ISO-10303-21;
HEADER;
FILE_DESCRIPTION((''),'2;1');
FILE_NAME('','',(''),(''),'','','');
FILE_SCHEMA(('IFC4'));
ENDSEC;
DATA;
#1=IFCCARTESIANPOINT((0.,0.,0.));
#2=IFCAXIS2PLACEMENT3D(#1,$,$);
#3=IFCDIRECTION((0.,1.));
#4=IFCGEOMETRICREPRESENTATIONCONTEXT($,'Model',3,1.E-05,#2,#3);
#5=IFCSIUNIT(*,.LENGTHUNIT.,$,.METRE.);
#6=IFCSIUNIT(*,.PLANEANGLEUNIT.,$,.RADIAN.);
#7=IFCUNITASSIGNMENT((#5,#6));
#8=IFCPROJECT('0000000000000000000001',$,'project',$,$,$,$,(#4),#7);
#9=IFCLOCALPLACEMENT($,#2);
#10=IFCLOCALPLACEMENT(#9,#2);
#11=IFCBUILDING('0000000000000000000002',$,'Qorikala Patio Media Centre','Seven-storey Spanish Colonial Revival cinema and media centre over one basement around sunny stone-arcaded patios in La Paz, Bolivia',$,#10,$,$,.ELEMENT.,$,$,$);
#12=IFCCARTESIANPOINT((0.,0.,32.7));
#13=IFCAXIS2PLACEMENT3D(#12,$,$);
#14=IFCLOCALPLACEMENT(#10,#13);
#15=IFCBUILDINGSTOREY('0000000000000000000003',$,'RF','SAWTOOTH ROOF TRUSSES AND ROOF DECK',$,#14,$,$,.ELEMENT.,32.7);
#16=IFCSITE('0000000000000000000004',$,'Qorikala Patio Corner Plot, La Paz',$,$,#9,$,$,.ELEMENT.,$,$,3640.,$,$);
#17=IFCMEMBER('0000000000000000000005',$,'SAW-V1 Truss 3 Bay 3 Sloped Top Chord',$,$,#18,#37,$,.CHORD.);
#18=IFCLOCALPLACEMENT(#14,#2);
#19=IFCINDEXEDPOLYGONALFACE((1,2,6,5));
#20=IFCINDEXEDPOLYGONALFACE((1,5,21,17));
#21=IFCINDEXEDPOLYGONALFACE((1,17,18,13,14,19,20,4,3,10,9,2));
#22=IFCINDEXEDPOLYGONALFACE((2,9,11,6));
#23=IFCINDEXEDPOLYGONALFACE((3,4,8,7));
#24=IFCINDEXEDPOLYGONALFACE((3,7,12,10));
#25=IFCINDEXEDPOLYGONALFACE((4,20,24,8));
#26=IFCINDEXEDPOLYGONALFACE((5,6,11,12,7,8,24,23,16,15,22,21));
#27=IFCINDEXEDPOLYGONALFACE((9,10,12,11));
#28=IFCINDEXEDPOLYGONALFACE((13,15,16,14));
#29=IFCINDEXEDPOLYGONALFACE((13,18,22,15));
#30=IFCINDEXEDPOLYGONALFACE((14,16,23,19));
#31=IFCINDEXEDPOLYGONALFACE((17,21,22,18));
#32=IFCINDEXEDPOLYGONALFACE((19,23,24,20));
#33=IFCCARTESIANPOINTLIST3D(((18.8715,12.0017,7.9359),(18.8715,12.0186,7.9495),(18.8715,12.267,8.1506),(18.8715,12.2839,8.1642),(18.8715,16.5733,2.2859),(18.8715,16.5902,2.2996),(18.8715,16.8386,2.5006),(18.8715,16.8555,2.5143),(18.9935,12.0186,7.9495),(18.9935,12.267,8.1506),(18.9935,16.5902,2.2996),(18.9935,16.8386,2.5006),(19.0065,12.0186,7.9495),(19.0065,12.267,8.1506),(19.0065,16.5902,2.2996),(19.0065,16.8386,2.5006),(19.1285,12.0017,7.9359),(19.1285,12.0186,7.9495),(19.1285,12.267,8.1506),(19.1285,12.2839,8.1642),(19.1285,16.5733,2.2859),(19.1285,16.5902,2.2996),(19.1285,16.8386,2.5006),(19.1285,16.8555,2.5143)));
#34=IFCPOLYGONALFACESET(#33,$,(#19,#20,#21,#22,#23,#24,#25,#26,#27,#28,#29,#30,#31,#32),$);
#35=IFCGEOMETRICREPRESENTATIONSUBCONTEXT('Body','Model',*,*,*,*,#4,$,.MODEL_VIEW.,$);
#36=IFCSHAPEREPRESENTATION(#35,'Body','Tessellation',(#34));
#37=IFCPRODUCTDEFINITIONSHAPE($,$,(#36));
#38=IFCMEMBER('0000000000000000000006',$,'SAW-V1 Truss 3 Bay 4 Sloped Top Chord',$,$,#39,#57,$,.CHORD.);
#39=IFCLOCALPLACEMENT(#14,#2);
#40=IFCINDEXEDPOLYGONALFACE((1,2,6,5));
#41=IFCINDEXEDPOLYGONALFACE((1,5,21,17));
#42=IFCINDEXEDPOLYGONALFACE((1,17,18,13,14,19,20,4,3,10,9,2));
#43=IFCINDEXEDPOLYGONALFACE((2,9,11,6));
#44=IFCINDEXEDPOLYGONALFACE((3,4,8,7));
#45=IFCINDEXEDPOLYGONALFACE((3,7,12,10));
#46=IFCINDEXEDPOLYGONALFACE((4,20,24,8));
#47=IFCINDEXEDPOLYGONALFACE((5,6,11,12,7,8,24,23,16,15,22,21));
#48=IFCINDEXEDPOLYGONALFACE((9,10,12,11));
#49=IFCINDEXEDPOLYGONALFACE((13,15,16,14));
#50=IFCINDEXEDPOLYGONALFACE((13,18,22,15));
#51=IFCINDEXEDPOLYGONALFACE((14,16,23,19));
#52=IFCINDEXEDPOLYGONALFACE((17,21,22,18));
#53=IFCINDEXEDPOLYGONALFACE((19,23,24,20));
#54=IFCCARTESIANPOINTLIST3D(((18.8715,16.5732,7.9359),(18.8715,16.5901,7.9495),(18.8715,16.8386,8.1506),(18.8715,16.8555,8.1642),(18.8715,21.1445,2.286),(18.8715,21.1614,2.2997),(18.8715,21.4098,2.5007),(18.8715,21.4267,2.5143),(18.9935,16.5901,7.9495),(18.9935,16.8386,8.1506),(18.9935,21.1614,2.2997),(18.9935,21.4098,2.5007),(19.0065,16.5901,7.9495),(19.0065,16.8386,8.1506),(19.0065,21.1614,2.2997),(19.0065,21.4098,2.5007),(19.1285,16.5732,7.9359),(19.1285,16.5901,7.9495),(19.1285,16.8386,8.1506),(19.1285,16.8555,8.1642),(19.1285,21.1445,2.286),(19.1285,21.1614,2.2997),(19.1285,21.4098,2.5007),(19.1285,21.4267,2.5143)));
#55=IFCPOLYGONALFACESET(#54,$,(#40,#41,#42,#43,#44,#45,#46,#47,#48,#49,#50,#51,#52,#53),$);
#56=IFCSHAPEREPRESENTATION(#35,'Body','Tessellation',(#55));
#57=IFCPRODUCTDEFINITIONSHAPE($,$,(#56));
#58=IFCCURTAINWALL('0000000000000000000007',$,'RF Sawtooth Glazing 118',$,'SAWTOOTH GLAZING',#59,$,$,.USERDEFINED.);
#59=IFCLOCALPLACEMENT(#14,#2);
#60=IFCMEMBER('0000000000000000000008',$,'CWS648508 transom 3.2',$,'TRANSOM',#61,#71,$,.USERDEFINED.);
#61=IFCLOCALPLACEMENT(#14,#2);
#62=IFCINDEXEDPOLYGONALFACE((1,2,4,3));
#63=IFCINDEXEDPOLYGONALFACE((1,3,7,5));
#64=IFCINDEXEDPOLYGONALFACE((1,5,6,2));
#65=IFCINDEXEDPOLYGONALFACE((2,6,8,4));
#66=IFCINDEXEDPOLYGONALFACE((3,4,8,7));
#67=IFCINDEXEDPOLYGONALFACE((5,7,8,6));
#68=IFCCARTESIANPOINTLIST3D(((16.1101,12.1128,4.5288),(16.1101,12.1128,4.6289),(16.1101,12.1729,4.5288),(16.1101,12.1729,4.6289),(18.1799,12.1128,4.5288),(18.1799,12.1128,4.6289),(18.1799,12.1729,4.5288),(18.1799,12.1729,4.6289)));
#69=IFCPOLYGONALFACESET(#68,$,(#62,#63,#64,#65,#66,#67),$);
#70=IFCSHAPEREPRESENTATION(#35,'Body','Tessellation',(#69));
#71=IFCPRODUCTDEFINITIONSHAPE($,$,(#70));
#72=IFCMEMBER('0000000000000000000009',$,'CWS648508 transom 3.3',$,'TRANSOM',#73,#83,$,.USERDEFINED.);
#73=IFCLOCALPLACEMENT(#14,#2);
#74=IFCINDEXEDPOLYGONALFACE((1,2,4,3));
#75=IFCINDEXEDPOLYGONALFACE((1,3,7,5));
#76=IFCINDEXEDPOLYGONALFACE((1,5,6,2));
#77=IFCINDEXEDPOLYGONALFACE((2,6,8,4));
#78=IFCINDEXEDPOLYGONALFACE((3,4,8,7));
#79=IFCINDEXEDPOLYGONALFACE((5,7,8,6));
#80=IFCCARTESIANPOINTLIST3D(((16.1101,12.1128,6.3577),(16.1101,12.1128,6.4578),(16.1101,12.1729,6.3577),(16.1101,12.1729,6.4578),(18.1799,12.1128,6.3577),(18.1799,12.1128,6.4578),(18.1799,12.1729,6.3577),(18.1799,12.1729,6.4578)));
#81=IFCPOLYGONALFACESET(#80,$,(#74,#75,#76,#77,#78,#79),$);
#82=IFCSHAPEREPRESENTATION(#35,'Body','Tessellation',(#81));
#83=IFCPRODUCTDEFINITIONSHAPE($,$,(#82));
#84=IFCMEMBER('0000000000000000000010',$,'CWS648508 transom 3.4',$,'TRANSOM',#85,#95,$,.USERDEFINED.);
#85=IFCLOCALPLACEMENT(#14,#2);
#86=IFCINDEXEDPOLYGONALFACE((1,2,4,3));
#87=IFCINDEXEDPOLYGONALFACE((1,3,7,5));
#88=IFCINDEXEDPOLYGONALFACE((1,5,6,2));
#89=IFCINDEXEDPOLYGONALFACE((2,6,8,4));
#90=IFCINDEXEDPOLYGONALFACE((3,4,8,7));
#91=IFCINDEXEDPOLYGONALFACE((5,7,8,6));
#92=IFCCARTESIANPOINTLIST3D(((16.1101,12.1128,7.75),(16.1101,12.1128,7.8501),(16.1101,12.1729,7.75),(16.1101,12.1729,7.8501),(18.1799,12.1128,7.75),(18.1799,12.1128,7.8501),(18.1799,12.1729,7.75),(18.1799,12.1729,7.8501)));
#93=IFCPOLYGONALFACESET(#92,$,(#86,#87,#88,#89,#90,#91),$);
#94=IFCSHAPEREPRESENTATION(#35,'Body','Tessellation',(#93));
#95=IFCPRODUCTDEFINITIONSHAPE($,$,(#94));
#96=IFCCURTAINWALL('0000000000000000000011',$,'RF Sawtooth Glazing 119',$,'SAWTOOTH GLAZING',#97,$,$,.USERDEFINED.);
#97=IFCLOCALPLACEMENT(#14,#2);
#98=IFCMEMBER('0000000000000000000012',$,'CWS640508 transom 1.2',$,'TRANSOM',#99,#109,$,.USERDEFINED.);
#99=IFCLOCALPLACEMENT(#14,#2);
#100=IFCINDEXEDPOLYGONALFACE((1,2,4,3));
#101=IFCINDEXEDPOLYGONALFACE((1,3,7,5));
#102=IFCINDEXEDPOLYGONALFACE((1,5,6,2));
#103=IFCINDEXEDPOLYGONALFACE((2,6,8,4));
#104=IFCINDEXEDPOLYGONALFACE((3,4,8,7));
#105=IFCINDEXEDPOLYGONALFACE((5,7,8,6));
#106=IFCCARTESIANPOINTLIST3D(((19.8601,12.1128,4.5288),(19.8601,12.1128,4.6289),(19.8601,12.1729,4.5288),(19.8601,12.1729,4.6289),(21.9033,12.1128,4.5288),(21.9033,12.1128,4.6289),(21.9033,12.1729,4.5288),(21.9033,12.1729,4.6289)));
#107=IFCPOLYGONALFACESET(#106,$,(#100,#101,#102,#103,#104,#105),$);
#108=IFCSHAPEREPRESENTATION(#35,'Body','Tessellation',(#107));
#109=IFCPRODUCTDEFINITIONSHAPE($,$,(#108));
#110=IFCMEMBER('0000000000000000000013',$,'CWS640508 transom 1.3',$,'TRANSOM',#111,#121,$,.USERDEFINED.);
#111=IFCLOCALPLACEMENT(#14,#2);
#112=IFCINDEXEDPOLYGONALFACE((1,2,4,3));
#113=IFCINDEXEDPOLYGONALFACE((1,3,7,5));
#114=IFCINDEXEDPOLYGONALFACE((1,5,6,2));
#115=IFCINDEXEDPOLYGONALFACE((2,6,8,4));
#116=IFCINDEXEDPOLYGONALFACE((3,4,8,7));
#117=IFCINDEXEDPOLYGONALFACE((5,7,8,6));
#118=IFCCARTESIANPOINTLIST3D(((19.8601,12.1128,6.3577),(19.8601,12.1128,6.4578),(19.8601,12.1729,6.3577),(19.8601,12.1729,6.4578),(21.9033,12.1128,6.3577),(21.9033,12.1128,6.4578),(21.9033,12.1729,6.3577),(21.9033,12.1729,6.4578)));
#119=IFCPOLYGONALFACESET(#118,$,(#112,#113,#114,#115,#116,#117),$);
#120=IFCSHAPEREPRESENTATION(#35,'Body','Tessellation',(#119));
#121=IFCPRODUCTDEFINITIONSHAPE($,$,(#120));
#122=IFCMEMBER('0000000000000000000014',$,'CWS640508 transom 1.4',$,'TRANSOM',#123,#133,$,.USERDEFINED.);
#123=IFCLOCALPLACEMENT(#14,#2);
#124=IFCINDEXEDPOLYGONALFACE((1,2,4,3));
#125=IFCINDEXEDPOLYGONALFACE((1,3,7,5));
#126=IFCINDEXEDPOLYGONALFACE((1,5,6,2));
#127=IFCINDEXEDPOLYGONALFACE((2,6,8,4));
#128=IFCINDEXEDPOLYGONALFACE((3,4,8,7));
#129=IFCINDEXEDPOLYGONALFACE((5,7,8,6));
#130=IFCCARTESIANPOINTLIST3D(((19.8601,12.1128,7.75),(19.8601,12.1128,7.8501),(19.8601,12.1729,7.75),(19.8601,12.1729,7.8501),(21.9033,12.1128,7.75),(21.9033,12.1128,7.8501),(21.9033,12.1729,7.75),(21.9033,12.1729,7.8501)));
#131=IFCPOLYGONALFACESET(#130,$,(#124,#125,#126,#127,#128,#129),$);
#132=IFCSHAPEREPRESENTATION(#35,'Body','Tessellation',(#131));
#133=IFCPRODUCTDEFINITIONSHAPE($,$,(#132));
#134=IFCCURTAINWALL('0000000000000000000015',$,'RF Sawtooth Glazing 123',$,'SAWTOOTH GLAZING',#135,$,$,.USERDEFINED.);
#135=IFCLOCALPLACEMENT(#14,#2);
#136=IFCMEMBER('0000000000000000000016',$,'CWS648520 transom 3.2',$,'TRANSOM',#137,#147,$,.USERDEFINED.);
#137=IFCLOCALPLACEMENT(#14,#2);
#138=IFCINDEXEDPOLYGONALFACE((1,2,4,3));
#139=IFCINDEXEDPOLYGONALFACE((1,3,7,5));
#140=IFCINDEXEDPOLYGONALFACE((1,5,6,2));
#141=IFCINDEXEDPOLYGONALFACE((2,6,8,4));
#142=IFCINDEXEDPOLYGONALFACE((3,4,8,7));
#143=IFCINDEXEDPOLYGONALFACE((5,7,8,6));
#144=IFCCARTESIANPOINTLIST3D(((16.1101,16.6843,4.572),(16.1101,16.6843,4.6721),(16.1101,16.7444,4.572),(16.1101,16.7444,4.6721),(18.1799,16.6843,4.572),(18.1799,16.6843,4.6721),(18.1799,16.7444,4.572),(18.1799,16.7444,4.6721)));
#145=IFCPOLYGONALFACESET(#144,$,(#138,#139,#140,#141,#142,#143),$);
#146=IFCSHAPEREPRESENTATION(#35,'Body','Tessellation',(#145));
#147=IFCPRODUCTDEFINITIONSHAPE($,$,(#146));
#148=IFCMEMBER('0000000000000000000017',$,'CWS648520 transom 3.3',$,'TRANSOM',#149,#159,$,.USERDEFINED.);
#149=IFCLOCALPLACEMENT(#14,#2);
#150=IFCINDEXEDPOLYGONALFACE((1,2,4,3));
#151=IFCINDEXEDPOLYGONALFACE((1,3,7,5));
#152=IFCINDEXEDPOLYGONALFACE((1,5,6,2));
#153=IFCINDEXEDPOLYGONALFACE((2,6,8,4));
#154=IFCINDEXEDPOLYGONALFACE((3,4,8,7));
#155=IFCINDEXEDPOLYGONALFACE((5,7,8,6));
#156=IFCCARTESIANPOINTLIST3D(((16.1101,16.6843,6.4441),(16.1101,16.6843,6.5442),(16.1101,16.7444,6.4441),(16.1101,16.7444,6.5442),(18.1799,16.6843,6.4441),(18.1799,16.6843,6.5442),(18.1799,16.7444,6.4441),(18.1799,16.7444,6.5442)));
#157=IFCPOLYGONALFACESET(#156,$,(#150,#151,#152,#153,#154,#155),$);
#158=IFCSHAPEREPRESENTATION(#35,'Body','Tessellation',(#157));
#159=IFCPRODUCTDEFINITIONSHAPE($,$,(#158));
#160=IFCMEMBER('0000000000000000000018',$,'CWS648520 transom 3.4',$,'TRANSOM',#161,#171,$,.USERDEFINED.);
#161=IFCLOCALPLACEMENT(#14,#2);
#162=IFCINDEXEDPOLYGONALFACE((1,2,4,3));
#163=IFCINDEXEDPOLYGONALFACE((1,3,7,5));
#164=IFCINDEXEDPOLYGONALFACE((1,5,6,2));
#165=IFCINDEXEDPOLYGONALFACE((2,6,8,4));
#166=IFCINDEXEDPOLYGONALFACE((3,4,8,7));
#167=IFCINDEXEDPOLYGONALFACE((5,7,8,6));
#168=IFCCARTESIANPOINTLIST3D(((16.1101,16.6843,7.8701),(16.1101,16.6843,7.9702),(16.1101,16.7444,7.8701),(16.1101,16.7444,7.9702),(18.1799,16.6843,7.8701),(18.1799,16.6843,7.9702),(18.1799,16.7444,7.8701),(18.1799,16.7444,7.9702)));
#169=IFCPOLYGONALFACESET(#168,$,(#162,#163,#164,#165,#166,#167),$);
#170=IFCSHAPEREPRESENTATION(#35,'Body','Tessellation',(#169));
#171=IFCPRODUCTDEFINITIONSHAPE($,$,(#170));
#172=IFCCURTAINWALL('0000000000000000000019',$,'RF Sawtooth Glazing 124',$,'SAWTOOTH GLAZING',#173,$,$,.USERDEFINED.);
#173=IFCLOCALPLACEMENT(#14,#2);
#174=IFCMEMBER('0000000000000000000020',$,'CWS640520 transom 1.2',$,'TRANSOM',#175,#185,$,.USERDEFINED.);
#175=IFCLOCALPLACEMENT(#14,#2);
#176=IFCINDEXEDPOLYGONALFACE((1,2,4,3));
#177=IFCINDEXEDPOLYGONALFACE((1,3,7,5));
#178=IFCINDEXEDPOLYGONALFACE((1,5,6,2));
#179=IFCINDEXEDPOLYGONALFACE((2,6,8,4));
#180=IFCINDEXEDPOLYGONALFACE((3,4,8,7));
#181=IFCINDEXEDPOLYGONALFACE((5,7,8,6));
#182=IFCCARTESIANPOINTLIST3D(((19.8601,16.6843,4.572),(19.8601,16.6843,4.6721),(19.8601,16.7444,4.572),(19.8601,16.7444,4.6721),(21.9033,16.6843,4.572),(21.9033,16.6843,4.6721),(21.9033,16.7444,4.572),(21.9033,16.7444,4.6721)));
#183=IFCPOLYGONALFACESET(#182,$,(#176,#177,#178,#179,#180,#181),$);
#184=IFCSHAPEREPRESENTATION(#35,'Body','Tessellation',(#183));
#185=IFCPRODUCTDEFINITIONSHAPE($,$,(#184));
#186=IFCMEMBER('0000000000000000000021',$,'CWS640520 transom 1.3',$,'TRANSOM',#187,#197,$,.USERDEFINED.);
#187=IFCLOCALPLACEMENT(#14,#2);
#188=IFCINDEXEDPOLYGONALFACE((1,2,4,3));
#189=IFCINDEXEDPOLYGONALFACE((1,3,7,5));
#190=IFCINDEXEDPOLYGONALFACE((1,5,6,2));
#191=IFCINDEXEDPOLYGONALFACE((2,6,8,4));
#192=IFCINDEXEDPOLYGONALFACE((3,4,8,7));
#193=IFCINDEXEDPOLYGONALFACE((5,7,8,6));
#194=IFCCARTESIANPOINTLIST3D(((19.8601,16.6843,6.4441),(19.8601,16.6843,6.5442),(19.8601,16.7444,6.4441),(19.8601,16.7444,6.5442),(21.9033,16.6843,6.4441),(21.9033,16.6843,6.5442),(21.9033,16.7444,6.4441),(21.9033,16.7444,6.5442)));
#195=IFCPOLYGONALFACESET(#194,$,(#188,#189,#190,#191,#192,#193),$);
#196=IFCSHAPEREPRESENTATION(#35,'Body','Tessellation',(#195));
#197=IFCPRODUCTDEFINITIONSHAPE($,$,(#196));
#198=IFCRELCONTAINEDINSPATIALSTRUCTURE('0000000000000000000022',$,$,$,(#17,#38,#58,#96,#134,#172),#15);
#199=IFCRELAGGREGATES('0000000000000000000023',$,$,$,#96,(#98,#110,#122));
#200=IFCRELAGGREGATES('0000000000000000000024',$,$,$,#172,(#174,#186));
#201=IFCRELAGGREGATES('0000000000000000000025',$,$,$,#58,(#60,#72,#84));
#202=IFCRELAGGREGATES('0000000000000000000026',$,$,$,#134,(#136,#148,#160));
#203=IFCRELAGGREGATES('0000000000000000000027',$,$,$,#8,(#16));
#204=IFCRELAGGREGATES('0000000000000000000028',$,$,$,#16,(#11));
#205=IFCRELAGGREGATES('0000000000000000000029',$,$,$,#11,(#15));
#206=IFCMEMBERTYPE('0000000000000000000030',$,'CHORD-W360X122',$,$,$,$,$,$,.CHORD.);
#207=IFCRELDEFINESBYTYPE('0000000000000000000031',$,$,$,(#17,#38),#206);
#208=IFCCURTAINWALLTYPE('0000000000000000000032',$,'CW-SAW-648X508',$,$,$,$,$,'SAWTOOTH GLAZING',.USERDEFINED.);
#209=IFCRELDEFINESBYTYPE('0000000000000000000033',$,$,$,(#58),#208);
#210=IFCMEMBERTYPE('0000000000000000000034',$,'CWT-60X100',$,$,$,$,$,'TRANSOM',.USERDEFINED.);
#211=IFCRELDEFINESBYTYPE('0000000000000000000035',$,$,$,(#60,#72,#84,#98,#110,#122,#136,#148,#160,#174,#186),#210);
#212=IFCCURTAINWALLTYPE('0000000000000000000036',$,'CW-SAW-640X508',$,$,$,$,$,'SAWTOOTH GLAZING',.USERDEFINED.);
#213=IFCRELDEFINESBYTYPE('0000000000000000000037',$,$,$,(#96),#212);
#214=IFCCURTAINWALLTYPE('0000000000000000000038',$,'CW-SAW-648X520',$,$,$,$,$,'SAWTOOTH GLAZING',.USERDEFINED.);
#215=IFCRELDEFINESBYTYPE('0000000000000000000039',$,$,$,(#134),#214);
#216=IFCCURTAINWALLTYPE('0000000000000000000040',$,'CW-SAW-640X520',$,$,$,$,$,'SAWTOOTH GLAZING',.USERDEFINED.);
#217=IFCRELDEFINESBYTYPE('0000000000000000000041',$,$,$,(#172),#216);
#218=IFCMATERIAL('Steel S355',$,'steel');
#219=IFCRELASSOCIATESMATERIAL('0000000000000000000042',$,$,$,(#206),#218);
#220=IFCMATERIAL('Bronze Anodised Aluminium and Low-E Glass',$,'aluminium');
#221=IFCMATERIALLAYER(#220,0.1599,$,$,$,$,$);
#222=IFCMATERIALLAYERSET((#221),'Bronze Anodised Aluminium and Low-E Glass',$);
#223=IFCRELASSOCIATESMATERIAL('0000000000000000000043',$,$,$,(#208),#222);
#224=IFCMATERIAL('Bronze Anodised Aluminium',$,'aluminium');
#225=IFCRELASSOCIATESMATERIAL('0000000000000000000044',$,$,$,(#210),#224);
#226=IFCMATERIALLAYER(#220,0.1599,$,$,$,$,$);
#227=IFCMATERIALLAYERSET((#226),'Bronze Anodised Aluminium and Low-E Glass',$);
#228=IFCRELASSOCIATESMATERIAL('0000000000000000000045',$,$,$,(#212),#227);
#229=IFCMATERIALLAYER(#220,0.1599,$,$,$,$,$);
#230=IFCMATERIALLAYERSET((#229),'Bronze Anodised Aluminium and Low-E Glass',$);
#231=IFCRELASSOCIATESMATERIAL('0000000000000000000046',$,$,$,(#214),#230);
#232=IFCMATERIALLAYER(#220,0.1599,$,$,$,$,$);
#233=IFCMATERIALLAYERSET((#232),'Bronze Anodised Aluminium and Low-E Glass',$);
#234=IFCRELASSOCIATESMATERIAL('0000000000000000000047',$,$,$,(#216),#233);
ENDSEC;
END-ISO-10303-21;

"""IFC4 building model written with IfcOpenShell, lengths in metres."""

from ifc_helpers import new_model, si_unit, direction, frame, origin, origin_2d, place, context, subcontext, project, spatial, rectangle, i_section, extrude, material, layer, layer_set, material_profile, profile_set, type_object, element, aggregate, save


model = new_model("IFC4")

# Units and contexts
model_context = context("Model", 3, precision=1e-05, world=origin(), true_north=direction((0.0, 1.0)))
body_context = subcontext(model_context, "Body", "Model", "MODEL_VIEW")
ifc_project = project(units=[si_unit("LENGTHUNIT", "METRE"), si_unit("PLANEANGLEUNIT", "RADIAN")], contexts=[model_context])

# Site, building, storey
site_placement = place(None, origin())
site = spatial("IfcSite", under=ifc_project, at=site_placement, Name="Qorikala Patio Corner Plot, La Paz", CompositionType="ELEMENT", RefElevation=3640.0)
building_placement = place(site_placement, origin())
building = spatial("IfcBuilding", under=site, at=building_placement, Name="Qorikala Patio Media Centre", Description="Seven-storey Spanish Colonial Revival cinema and media centre over one basement around sunny stone-arcaded patios in La Paz, Bolivia", CompositionType="ELEMENT")
storey_placement = place(building_placement, frame((0.0, 0.0, 32.7)))
storey = spatial("IfcBuildingStorey", under=building, at=storey_placement, Name="RF", Description="SAWTOOTH ROOF TRUSSES AND ROOF DECK", CompositionType="ELEMENT", Elevation=32.7)

# Members
ifc_material_1 = material(Name="Steel S355", Category="steel")
ifc_material_profile_1 = material_profile(ifc_material_1, i_section(OverallWidth=0.2571, OverallDepth=0.363, WebThickness=0.0129, FlangeThickness=0.0217, at=origin_2d()), Name="W360X122")
ifc_profile_set_1 = profile_set([ifc_material_profile_1], Name="Steel S355")
member_type_1 = type_object("IfcMemberType", Name="CHORD-W360X122", PredefinedType="CHORD", material=ifc_profile_set_1)
member_1_placement = place(storey_placement, frame((19.0, 12.1428, 8.05), z_axis=(0.0, 0.629016, -0.777393), x_axis=(-1.0, 0.0, 0.0)))
element("IfcMember", 1, at=member_1_placement, inside=storey, type_object=member_type_1, Name="SAW-V1 Truss 3 Bay 3 Sloped Top Chord", PredefinedType="CHORD", context=body_context, shape_type="SweptSolid", body=[
    extrude(i_section(OverallWidth=0.2571, OverallDepth=0.363, WebThickness=0.0129, FlangeThickness=0.0217, at=origin_2d()), origin(), (0.0, 0.0, 1.0), 7.2678),
])
member_2_placement = place(storey_placement, frame((19.0, 16.7144, 8.05), z_axis=(0.0, 0.628995, -0.777409), x_axis=(-1.0, 0.0, 0.0)))
element("IfcMember", 2, at=member_2_placement, inside=storey, type_object=member_type_1, Name="SAW-V1 Truss 3 Bay 4 Sloped Top Chord", PredefinedType="CHORD", context=body_context, shape_type="SweptSolid", body=[
    extrude(i_section(OverallWidth=0.2571, OverallDepth=0.363, WebThickness=0.0129, FlangeThickness=0.0217, at=origin_2d()), origin(), (0.0, 0.0, 1.0), 7.2676),
])

# Curtain walls, members
ifc_material_2 = material(Name="Bronze Anodised Aluminium and Low-E Glass", Category="aluminium")
ifc_layer_1 = layer(ifc_material_2, 0.1599)
ifc_layer_set_1 = layer_set([ifc_layer_1], Name="Bronze Anodised Aluminium and Low-E Glass")
curtain_wall_type_1 = type_object("IfcCurtainWallType", Name="CW-SAW-648X508", ElementType="SAWTOOTH GLAZING", PredefinedType="USERDEFINED", material=ifc_layer_set_1)
curtain_wall_1_placement = place(storey_placement, origin())
curtain_wall_1 = element("IfcCurtainWall", 3, at=curtain_wall_1_placement, inside=storey, type_object=curtain_wall_type_1, Name="RF Sawtooth Glazing 118", ObjectType="SAWTOOTH GLAZING", PredefinedType="USERDEFINED")
ifc_material_3 = material(Name="Bronze Anodised Aluminium", Category="aluminium")
ifc_material_profile_2 = material_profile(ifc_material_3, rectangle(XDim=0.0601, YDim=0.1001, at=origin_2d()), Name="ALU TRANSOM 60x100")
ifc_profile_set_2 = profile_set([ifc_material_profile_2], Name="Bronze Anodised Aluminium")
member_type_2 = type_object("IfcMemberType", Name="CWT-60X100", ElementType="TRANSOM", PredefinedType="USERDEFINED", material=ifc_profile_set_2)
member_3_placement = place(storey_placement, frame((16.1101, 12.1428, 4.5789), z_axis=(1.0, 0.0, 0.0), x_axis=(0.0, 1.0, 0.0)))
member_3 = element("IfcMember", 4, at=member_3_placement, type_object=member_type_2, Name="CWS648508 transom 3.2", ObjectType="TRANSOM", PredefinedType="USERDEFINED", context=body_context, shape_type="SweptSolid", body=[
    extrude(rectangle(XDim=0.0601, YDim=0.1001, at=origin_2d()), origin(), (0.0, 0.0, 1.0), 2.0698),
])
member_4_placement = place(storey_placement, frame((16.1101, 12.1428, 6.4077), z_axis=(1.0, 0.0, 0.0), x_axis=(0.0, 1.0, 0.0)))
member_4 = element("IfcMember", 5, at=member_4_placement, type_object=member_type_2, Name="CWS648508 transom 3.3", ObjectType="TRANSOM", PredefinedType="USERDEFINED", context=body_context, shape_type="SweptSolid", body=[
    extrude(rectangle(XDim=0.0601, YDim=0.1001, at=origin_2d()), origin(), (0.0, 0.0, 1.0), 2.0698),
])
member_5_placement = place(storey_placement, frame((16.1101, 12.1428, 7.8), z_axis=(1.0, 0.0, 0.0), x_axis=(0.0, 1.0, 0.0)))
member_5 = element("IfcMember", 6, at=member_5_placement, type_object=member_type_2, Name="CWS648508 transom 3.4", ObjectType="TRANSOM", PredefinedType="USERDEFINED", context=body_context, shape_type="SweptSolid", body=[
    extrude(rectangle(XDim=0.0601, YDim=0.1001, at=origin_2d()), origin(), (0.0, 0.0, 1.0), 2.0698),
])
ifc_layer_2 = layer(ifc_material_2, 0.1599)
ifc_layer_set_2 = layer_set([ifc_layer_2], Name="Bronze Anodised Aluminium and Low-E Glass")
curtain_wall_type_2 = type_object("IfcCurtainWallType", Name="CW-SAW-640X508", ElementType="SAWTOOTH GLAZING", PredefinedType="USERDEFINED", material=ifc_layer_set_2)
curtain_wall_2_placement = place(storey_placement, origin())
curtain_wall_2 = element("IfcCurtainWall", 7, at=curtain_wall_2_placement, inside=storey, type_object=curtain_wall_type_2, Name="RF Sawtooth Glazing 119", ObjectType="SAWTOOTH GLAZING", PredefinedType="USERDEFINED")
member_6_placement = place(storey_placement, frame((19.8601, 12.1428, 4.5789), z_axis=(1.0, 0.0, 0.0), x_axis=(0.0, 1.0, 0.0)))
member_6 = element("IfcMember", 8, at=member_6_placement, type_object=member_type_2, Name="CWS640508 transom 1.2", ObjectType="TRANSOM", PredefinedType="USERDEFINED", context=body_context, shape_type="SweptSolid", body=[
    extrude(rectangle(XDim=0.0601, YDim=0.1001, at=origin_2d()), origin(), (0.0, 0.0, 1.0), 2.0432),
])
member_7_placement = place(storey_placement, frame((19.8601, 12.1428, 6.4077), z_axis=(1.0, 0.0, 0.0), x_axis=(0.0, 1.0, 0.0)))
member_7 = element("IfcMember", 9, at=member_7_placement, type_object=member_type_2, Name="CWS640508 transom 1.3", ObjectType="TRANSOM", PredefinedType="USERDEFINED", context=body_context, shape_type="SweptSolid", body=[
    extrude(rectangle(XDim=0.0601, YDim=0.1001, at=origin_2d()), origin(), (0.0, 0.0, 1.0), 2.0432),
])
member_8_placement = place(storey_placement, frame((19.8601, 12.1428, 7.8), z_axis=(1.0, 0.0, 0.0), x_axis=(0.0, 1.0, 0.0)))
member_8 = element("IfcMember", 10, at=member_8_placement, type_object=member_type_2, Name="CWS640508 transom 1.4", ObjectType="TRANSOM", PredefinedType="USERDEFINED", context=body_context, shape_type="SweptSolid", body=[
    extrude(rectangle(XDim=0.0601, YDim=0.1001, at=origin_2d()), origin(), (0.0, 0.0, 1.0), 2.0432),
])
aggregate(curtain_wall_2, [member_6, member_7, member_8])
ifc_layer_3 = layer(ifc_material_2, 0.1599)
ifc_layer_set_3 = layer_set([ifc_layer_3], Name="Bronze Anodised Aluminium and Low-E Glass")
curtain_wall_type_3 = type_object("IfcCurtainWallType", Name="CW-SAW-648X520", ElementType="SAWTOOTH GLAZING", PredefinedType="USERDEFINED", material=ifc_layer_set_3)
curtain_wall_3_placement = place(storey_placement, origin())
curtain_wall_3 = element("IfcCurtainWall", 11, at=curtain_wall_3_placement, inside=storey, type_object=curtain_wall_type_3, Name="RF Sawtooth Glazing 123", ObjectType="SAWTOOTH GLAZING", PredefinedType="USERDEFINED")
member_9_placement = place(storey_placement, frame((16.1101, 16.7144, 4.6221), z_axis=(1.0, 0.0, 0.0), x_axis=(0.0, 1.0, 0.0)))
member_9 = element("IfcMember", 12, at=member_9_placement, type_object=member_type_2, Name="CWS648520 transom 3.2", ObjectType="TRANSOM", PredefinedType="USERDEFINED", context=body_context, shape_type="SweptSolid", body=[
    extrude(rectangle(XDim=0.0601, YDim=0.1001, at=origin_2d()), origin(), (0.0, 0.0, 1.0), 2.0698),
])
member_10_placement = place(storey_placement, frame((16.1101, 16.7144, 6.4941), z_axis=(1.0, 0.0, 0.0), x_axis=(0.0, 1.0, 0.0)))
member_10 = element("IfcMember", 13, at=member_10_placement, type_object=member_type_2, Name="CWS648520 transom 3.3", ObjectType="TRANSOM", PredefinedType="USERDEFINED", context=body_context, shape_type="SweptSolid", body=[
    extrude(rectangle(XDim=0.0601, YDim=0.1001, at=origin_2d()), origin(), (0.0, 0.0, 1.0), 2.0698),
])
member_11_placement = place(storey_placement, frame((16.1101, 16.7144, 7.9202), z_axis=(1.0, 0.0, 0.0), x_axis=(0.0, 1.0, 0.0)))
member_11 = element("IfcMember", 14, at=member_11_placement, type_object=member_type_2, Name="CWS648520 transom 3.4", ObjectType="TRANSOM", PredefinedType="USERDEFINED", context=body_context, shape_type="SweptSolid", body=[
    extrude(rectangle(XDim=0.0601, YDim=0.1001, at=origin_2d()), origin(), (0.0, 0.0, 1.0), 2.0698),
])
ifc_layer_4 = layer(ifc_material_2, 0.1599)
ifc_layer_set_4 = layer_set([ifc_layer_4], Name="Bronze Anodised Aluminium and Low-E Glass")
curtain_wall_type_4 = type_object("IfcCurtainWallType", Name="CW-SAW-640X520", ElementType="SAWTOOTH GLAZING", PredefinedType="USERDEFINED", material=ifc_layer_set_4)
curtain_wall_4_placement = place(storey_placement, origin())
curtain_wall_4 = element("IfcCurtainWall", 15, at=curtain_wall_4_placement, inside=storey, type_object=curtain_wall_type_4, Name="RF Sawtooth Glazing 124", ObjectType="SAWTOOTH GLAZING", PredefinedType="USERDEFINED")
member_12_placement = place(storey_placement, frame((19.8601, 16.7144, 4.6221), z_axis=(1.0, 0.0, 0.0), x_axis=(0.0, 1.0, 0.0)))
member_12 = element("IfcMember", 16, at=member_12_placement, type_object=member_type_2, Name="CWS640520 transom 1.2", ObjectType="TRANSOM", PredefinedType="USERDEFINED", context=body_context, shape_type="SweptSolid", body=[
    extrude(rectangle(XDim=0.0601, YDim=0.1001, at=origin_2d()), origin(), (0.0, 0.0, 1.0), 2.0432),
])
member_13_placement = place(storey_placement, frame((19.8601, 16.7144, 6.4941), z_axis=(1.0, 0.0, 0.0), x_axis=(0.0, 1.0, 0.0)))
member_13 = element("IfcMember", 17, at=member_13_placement, type_object=member_type_2, Name="CWS640520 transom 1.3", ObjectType="TRANSOM", PredefinedType="USERDEFINED", context=body_context, shape_type="SweptSolid", body=[
    extrude(rectangle(XDim=0.0601, YDim=0.1001, at=origin_2d()), origin(), (0.0, 0.0, 1.0), 2.0432),
])
aggregate(curtain_wall_4, [member_12, member_13])

aggregate(curtain_wall_1, [member_3, member_4, member_5])
aggregate(curtain_wall_3, [member_9, member_10, member_11])

save(model, "model.ifc")
